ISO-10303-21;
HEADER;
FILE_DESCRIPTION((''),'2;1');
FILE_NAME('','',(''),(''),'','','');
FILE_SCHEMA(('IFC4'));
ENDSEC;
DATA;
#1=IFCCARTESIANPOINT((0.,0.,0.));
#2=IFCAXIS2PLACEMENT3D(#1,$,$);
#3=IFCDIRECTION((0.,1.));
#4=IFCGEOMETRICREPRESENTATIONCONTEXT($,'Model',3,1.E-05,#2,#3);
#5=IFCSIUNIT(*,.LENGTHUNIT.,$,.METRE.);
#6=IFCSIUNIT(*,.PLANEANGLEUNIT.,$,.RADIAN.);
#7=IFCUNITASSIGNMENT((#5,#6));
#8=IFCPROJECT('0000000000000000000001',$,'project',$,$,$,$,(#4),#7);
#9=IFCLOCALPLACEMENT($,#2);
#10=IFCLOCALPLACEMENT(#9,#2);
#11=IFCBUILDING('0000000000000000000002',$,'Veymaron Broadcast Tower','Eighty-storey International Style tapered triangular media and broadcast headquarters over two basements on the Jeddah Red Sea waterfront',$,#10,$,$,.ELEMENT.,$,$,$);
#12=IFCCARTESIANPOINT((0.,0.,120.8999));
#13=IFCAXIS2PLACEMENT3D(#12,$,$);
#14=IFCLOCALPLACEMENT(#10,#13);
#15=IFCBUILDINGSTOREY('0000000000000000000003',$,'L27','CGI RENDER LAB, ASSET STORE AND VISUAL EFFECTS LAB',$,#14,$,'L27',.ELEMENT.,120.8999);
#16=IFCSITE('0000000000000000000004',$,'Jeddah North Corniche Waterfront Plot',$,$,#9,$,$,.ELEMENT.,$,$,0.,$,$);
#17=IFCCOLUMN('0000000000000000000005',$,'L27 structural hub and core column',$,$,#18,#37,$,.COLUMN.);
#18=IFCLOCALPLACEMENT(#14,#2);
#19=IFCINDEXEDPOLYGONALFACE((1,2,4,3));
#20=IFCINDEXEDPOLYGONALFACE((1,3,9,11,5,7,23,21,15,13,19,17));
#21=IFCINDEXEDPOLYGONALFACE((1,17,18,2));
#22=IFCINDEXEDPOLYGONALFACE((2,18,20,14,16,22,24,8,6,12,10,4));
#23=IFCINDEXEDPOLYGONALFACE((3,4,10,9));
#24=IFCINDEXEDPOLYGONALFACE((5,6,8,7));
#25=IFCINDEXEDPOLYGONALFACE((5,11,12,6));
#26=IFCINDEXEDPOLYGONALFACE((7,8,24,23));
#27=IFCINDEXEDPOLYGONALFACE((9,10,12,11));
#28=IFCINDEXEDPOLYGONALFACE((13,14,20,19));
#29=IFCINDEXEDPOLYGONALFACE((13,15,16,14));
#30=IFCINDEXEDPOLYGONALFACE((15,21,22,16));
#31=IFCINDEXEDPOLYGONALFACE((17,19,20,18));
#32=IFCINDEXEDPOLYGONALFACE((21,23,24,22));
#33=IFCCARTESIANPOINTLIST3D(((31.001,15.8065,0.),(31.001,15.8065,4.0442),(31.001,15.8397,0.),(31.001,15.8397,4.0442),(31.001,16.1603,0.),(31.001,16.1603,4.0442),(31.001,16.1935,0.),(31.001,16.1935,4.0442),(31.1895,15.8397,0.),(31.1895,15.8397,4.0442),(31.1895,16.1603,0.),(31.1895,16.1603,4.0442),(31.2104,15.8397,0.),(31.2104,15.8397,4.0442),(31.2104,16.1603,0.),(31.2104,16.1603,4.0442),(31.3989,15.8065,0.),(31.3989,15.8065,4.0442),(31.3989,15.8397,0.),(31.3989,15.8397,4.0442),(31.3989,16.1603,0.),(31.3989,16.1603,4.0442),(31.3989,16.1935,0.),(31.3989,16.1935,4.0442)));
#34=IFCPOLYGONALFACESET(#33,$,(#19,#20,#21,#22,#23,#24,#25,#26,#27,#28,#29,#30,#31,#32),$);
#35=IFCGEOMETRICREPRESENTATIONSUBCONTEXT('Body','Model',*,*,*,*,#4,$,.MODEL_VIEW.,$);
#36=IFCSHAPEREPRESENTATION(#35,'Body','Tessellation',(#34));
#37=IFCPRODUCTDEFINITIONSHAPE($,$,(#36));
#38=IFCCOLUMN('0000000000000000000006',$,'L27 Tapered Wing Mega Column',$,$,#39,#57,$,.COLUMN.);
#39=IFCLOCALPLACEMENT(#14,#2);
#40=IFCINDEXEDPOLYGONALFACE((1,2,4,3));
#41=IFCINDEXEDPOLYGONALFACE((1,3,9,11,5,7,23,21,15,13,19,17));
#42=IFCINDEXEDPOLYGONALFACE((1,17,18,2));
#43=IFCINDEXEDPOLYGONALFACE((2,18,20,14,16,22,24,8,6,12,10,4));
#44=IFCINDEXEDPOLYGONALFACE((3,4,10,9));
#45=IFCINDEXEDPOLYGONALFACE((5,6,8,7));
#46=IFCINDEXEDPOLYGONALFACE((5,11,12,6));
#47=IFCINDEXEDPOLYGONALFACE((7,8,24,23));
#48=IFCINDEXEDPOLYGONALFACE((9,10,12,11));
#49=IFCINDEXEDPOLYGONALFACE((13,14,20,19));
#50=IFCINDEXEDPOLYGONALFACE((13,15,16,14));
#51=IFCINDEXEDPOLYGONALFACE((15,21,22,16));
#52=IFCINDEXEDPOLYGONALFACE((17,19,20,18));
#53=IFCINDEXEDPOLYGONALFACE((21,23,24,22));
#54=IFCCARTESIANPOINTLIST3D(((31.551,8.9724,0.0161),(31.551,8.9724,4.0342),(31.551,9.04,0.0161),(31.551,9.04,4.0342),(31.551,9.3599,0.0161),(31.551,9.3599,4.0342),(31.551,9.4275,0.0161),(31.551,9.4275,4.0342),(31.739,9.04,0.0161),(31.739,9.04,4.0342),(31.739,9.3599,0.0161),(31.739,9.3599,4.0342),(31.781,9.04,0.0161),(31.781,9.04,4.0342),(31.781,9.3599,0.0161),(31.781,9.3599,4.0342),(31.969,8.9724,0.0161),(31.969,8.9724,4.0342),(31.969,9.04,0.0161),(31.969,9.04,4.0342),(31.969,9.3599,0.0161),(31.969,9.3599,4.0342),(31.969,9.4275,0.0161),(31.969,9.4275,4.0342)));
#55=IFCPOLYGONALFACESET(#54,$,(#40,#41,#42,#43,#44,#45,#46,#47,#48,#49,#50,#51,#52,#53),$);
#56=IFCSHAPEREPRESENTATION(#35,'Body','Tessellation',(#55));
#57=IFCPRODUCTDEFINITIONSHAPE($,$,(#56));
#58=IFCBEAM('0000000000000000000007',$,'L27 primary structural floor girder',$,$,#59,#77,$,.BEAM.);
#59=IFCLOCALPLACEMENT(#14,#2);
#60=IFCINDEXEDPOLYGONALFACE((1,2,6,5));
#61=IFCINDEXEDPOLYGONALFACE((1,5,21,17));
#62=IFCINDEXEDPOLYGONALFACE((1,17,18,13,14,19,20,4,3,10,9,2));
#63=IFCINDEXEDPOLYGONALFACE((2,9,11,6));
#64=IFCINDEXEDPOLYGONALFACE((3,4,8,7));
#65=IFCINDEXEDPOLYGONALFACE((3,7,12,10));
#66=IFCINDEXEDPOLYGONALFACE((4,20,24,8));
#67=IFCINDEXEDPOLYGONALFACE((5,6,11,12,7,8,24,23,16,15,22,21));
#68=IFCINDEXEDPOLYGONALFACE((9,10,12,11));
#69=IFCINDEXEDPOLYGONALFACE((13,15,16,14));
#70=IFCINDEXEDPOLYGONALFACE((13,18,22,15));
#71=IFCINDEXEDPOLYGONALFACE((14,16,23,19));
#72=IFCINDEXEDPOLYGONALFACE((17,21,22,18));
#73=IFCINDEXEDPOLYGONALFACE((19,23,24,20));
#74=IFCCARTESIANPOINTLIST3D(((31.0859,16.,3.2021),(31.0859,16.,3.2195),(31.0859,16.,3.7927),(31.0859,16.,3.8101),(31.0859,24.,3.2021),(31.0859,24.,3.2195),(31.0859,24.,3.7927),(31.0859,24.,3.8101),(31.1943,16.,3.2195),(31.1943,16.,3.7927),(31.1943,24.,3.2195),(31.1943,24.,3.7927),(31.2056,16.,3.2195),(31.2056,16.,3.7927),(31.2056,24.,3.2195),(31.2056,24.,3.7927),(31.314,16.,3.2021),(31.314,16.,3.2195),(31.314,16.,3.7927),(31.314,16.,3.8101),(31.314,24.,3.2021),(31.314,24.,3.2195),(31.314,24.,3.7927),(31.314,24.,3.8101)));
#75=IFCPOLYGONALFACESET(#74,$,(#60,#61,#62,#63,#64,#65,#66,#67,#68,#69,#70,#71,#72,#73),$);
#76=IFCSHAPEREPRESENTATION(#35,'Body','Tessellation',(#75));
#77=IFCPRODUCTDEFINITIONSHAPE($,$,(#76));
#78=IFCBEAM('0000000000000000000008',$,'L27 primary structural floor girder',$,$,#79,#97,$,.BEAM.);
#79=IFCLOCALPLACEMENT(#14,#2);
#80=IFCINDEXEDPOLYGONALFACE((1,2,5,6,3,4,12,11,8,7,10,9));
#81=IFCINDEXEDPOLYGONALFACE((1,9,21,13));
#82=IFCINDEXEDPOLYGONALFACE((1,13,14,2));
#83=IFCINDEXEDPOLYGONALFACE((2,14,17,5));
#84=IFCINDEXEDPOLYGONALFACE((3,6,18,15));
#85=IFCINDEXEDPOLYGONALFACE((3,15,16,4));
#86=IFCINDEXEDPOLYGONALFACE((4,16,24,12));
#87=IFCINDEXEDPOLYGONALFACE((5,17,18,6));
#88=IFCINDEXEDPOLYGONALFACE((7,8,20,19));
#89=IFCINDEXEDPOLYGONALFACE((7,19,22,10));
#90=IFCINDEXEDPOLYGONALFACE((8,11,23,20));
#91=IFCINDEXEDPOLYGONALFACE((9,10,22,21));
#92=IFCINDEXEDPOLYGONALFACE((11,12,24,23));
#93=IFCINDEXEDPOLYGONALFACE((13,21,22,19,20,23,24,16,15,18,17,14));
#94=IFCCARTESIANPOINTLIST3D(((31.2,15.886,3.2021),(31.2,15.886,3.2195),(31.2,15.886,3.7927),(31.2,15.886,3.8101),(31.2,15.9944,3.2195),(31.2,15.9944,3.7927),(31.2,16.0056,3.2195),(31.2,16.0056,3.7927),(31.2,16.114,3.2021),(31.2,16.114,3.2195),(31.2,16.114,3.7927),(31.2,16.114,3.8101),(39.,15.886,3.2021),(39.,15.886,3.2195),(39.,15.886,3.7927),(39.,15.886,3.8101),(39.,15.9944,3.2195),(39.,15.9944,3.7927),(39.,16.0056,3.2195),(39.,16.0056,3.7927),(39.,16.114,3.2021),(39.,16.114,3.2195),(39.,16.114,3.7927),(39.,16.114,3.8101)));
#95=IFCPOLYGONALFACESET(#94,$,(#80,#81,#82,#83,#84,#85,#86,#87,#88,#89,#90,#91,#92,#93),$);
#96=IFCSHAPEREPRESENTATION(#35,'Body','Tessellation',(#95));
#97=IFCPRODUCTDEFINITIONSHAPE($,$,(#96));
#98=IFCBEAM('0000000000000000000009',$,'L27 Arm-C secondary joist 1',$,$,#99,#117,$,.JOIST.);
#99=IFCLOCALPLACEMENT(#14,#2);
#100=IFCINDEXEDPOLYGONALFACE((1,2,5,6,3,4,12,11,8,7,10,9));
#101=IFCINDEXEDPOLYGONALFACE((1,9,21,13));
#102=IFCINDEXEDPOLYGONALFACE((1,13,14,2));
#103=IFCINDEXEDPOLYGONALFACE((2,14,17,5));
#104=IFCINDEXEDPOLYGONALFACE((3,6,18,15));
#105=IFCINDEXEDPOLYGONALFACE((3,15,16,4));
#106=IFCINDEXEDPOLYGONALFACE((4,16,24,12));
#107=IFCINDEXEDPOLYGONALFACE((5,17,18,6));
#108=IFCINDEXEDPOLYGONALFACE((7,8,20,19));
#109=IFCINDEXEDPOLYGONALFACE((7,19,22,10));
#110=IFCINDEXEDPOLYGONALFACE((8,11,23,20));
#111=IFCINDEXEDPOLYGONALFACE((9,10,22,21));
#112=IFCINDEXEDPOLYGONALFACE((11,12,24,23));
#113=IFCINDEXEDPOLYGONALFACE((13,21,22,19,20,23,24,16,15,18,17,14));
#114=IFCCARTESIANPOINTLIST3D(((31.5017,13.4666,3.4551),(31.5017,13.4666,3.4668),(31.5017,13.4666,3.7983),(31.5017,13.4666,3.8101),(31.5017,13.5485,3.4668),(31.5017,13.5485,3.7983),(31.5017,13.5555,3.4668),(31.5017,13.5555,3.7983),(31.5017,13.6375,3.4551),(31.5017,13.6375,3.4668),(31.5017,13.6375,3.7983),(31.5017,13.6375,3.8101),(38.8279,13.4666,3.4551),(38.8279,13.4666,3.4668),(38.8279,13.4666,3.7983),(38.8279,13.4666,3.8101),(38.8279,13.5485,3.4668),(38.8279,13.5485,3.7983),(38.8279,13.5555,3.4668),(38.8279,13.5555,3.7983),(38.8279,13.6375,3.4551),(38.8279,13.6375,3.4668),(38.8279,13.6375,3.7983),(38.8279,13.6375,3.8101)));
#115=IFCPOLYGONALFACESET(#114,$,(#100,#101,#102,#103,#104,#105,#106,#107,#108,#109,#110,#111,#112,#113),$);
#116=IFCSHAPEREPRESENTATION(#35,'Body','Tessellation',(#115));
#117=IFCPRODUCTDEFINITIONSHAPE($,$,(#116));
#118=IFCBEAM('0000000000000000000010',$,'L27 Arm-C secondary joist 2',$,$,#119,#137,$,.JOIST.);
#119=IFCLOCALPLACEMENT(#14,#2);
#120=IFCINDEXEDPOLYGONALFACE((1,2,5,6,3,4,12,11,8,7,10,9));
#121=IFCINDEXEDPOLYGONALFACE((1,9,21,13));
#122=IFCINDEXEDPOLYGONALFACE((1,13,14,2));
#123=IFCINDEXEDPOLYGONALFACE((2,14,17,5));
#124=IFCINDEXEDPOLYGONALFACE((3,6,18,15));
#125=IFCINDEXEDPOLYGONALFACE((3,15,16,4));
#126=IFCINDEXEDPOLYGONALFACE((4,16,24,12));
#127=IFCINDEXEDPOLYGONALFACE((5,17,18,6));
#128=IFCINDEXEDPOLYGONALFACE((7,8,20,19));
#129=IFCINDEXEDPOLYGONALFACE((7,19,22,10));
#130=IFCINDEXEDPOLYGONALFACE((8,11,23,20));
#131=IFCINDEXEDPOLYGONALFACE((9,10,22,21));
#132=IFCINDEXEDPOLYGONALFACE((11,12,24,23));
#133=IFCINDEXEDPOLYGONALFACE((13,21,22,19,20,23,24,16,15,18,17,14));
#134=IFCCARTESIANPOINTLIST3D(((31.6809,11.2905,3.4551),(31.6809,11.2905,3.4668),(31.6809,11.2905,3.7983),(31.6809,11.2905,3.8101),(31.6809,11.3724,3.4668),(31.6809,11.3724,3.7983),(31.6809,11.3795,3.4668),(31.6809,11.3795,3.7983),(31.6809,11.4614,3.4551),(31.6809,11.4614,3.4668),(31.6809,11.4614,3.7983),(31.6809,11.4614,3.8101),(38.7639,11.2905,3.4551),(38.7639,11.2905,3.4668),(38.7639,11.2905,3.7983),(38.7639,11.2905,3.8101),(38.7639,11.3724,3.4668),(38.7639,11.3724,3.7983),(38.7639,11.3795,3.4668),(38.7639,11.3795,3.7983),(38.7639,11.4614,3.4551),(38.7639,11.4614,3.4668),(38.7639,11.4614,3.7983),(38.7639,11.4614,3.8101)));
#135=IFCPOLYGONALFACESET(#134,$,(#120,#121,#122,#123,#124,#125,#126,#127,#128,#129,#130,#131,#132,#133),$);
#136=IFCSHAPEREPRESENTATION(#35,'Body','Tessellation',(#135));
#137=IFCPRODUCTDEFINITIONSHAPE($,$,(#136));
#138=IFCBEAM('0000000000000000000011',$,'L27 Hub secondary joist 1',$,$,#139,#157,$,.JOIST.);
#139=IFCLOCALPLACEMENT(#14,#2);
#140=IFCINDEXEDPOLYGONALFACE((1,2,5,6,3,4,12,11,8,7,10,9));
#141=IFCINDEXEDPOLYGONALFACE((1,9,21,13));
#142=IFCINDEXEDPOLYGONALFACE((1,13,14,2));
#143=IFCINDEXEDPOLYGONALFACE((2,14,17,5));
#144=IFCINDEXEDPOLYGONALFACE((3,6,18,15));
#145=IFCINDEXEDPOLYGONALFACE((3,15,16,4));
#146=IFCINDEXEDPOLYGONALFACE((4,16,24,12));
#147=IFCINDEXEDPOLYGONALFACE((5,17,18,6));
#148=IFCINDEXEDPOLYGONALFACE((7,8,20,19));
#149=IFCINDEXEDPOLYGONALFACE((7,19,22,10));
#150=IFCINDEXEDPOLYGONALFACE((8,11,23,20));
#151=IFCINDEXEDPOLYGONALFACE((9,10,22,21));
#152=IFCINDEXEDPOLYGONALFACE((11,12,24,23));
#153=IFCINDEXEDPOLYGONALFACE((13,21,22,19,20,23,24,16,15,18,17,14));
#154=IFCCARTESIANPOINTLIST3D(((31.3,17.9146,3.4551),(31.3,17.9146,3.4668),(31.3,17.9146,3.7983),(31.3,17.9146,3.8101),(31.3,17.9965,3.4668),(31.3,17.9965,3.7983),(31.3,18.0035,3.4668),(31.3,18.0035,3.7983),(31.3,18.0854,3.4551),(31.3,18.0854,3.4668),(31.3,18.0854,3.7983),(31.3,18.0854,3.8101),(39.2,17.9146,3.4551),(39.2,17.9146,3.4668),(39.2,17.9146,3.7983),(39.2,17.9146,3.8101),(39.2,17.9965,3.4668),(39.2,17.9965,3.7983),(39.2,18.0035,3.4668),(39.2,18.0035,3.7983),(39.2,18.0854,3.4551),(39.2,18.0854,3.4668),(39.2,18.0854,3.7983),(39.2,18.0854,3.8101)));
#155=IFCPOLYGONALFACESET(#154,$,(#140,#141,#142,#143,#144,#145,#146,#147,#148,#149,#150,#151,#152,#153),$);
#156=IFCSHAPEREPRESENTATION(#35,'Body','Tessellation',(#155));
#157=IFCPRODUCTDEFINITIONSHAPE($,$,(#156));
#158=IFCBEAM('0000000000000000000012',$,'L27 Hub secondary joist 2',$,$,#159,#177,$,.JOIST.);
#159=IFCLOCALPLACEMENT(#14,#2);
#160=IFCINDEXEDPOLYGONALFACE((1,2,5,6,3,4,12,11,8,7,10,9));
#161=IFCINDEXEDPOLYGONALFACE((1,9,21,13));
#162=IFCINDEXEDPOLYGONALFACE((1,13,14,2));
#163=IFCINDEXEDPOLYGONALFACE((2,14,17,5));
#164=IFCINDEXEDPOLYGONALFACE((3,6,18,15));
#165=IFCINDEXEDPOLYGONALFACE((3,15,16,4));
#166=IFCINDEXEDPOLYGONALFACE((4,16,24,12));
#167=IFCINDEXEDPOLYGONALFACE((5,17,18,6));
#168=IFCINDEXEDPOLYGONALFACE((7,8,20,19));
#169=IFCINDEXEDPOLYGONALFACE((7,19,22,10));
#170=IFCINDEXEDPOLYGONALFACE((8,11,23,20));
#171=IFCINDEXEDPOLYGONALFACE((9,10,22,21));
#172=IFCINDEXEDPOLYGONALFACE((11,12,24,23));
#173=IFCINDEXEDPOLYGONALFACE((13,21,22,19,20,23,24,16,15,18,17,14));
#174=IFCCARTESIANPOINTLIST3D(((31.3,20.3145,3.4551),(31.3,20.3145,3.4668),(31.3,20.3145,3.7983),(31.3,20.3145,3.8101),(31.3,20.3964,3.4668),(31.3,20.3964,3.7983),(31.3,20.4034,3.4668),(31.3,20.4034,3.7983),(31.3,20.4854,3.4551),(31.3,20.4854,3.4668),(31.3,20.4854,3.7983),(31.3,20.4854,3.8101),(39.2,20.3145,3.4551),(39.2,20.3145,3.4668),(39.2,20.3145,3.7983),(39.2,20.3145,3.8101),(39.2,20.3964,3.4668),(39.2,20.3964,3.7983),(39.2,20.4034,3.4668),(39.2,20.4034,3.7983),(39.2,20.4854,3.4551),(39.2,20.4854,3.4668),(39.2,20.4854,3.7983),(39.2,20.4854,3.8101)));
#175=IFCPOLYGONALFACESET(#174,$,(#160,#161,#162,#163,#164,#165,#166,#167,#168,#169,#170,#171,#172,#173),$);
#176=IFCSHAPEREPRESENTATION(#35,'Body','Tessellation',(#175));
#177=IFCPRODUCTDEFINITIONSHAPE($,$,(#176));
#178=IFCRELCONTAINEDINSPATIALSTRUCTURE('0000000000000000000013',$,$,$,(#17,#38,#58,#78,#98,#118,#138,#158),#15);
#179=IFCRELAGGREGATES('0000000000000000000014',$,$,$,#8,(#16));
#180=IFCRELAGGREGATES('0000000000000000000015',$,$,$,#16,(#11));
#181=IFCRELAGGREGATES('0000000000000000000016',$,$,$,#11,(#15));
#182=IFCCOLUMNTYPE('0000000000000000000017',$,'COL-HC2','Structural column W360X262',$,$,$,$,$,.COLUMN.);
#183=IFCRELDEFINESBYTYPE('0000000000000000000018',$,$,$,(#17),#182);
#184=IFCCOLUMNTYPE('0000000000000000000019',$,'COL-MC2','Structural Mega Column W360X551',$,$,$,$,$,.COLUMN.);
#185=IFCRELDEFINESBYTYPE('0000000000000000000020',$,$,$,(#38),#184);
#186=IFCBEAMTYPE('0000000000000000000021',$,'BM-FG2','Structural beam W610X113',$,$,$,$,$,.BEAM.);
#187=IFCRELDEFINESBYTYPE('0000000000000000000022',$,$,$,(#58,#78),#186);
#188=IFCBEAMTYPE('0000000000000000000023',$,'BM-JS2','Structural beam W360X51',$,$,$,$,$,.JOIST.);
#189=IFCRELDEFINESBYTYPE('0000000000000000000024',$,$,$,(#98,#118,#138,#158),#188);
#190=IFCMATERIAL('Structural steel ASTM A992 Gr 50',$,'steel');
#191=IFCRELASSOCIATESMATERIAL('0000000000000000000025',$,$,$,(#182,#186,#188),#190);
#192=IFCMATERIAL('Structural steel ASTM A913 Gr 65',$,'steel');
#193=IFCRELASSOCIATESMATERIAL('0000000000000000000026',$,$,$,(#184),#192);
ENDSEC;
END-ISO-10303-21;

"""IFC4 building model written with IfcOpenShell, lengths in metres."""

from ifc_helpers import new_model, si_unit, direction, frame, origin, origin_2d, place, context, subcontext, project, spatial, i_section, extrude, material, material_profile, profile_set, type_object, element, save


model = new_model("IFC4")

# Units and contexts
model_context = context("Model", 3, precision=1e-05, world=origin(), true_north=direction((0.0, 1.0)))
body_context = subcontext(model_context, "Body", "Model", "MODEL_VIEW")
ifc_project = project(units=[si_unit("LENGTHUNIT", "METRE"), si_unit("PLANEANGLEUNIT", "RADIAN")], contexts=[model_context])

# Site, building, storey
site_placement = place(None, origin())
site = spatial("IfcSite", under=ifc_project, at=site_placement, Name="Jeddah North Corniche Waterfront Plot", CompositionType="ELEMENT", RefElevation=0.0)
building_placement = place(site_placement, origin())
building = spatial("IfcBuilding", under=site, at=building_placement, Name="Veymaron Broadcast Tower", Description="Eighty-storey International Style tapered triangular media and broadcast headquarters over two basements on the Jeddah Red Sea waterfront", CompositionType="ELEMENT")
storey_placement = place(building_placement, frame((0.0, 0.0, 120.8999)))
storey = spatial("IfcBuildingStorey", under=building, at=storey_placement, Name="L27", Description="CGI RENDER LAB, ASSET STORE AND VISUAL EFFECTS LAB", LongName="L27", CompositionType="ELEMENT", Elevation=120.8999)

# Columns
ifc_material_1 = material(Name="Structural steel ASTM A992 Gr 50", Category="steel")
ifc_material_profile_1 = material_profile(ifc_material_1, i_section(OverallWidth=0.3979, OverallDepth=0.387, WebThickness=0.021, FlangeThickness=0.0332, at=origin_2d()), Name="W360X262")
ifc_profile_set_1 = profile_set([ifc_material_profile_1], Name="Structural steel ASTM A992 Gr 50")
column_type_1 = type_object("IfcColumnType", Name="COL-HC2", Description="Structural column W360X262", PredefinedType="COLUMN", material=ifc_profile_set_1)
column_1_placement = place(storey_placement, frame((31.2, 16.0, 0.0), z_axis=(0.0, 0.0, 1.0), x_axis=(1.0, 0.0, 0.0)))
element("IfcColumn", 1, at=column_1_placement, inside=storey, type_object=column_type_1, Name="L27 structural hub and core column", PredefinedType="COLUMN", context=body_context, shape_type="SweptSolid", body=[
    extrude(i_section(OverallWidth=0.3979, OverallDepth=0.387, WebThickness=0.021, FlangeThickness=0.0332, at=origin_2d()), origin(), (0.0, 0.0, 1.0), 4.0442),
])
ifc_material_2 = material(Name="Structural steel ASTM A913 Gr 65", Category="steel")
ifc_material_profile_2 = material_profile(ifc_material_2, i_section(OverallWidth=0.418, OverallDepth=0.4551, WebThickness=0.042, FlangeThickness=0.0676, at=origin_2d()), Name="W360X551")
ifc_profile_set_2 = profile_set([ifc_material_profile_2], Name="Structural steel ASTM A913 Gr 65")
column_type_2 = type_object("IfcColumnType", Name="COL-MC2", Description="Structural Mega Column W360X551", PredefinedType="COLUMN", material=ifc_profile_set_2)
column_2_placement = place(storey_placement, frame((31.76, 9.2, 0.0161), z_axis=(0.0, 0.0, 1.0), x_axis=(1.0, 0.0, 0.0)))
element("IfcColumn", 2, at=column_2_placement, inside=storey, type_object=column_type_2, Name="L27 Tapered Wing Mega Column", PredefinedType="COLUMN", context=body_context, shape_type="SweptSolid", body=[
    extrude(i_section(OverallWidth=0.418, OverallDepth=0.4551, WebThickness=0.042, FlangeThickness=0.0676, at=origin_2d()), origin(), (0.0, 0.0, 1.0), 4.0181),
])

# Beams
ifc_material_profile_3 = material_profile(ifc_material_1, i_section(OverallWidth=0.228, OverallDepth=0.6079, WebThickness=0.0112, FlangeThickness=0.0173, at=origin_2d()), Name="W610X113")
ifc_profile_set_3 = profile_set([ifc_material_profile_3], Name="Structural steel ASTM A992 Gr 50")
beam_type_1 = type_object("IfcBeamType", Name="BM-FG2", Description="Structural beam W610X113", PredefinedType="BEAM", material=ifc_profile_set_3)
beam_1_placement = place(storey_placement, frame((31.2, 16.0, 3.5061), z_axis=(0.0, 1.0, 0.0), x_axis=(-1.0, 0.0, 0.0)))
element("IfcBeam", 3, at=beam_1_placement, inside=storey, type_object=beam_type_1, Name="L27 primary structural floor girder", PredefinedType="BEAM", context=body_context, shape_type="SweptSolid", body=[
    extrude(i_section(OverallWidth=0.228, OverallDepth=0.6079, WebThickness=0.0112, FlangeThickness=0.0173, at=origin_2d()), origin(), (0.0, 0.0, 1.0), 8.0),
])
beam_2_placement = place(storey_placement, frame((31.2, 16.0, 3.5061), z_axis=(1.0, 0.0, 0.0), x_axis=(0.0, 1.0, 0.0)))
element("IfcBeam", 4, at=beam_2_placement, inside=storey, type_object=beam_type_1, Name="L27 primary structural floor girder", PredefinedType="BEAM", context=body_context, shape_type="SweptSolid", body=[
    extrude(i_section(OverallWidth=0.228, OverallDepth=0.6079, WebThickness=0.0112, FlangeThickness=0.0173, at=origin_2d()), origin(), (0.0, 0.0, 1.0), 7.8),
])
ifc_material_profile_4 = material_profile(ifc_material_1, i_section(OverallWidth=0.1709, OverallDepth=0.355, WebThickness=0.0071, FlangeThickness=0.0117, at=origin_2d()), Name="W360X51")
ifc_profile_set_4 = profile_set([ifc_material_profile_4], Name="Structural steel ASTM A992 Gr 50")
beam_type_2 = type_object("IfcBeamType", Name="BM-JS2", Description="Structural beam W360X51", PredefinedType="JOIST", material=ifc_profile_set_4)
beam_3_placement = place(storey_placement, frame((31.5017, 13.552, 3.6326), z_axis=(1.0, 0.0, 0.0), x_axis=(0.0, 1.0, 0.0)))
element("IfcBeam", 5, at=beam_3_placement, inside=storey, type_object=beam_type_2, Name="L27 Arm-C secondary joist 1", PredefinedType="JOIST", context=body_context, shape_type="SweptSolid", body=[
    extrude(i_section(OverallWidth=0.1709, OverallDepth=0.355, WebThickness=0.0071, FlangeThickness=0.0117, at=origin_2d()), origin(), (0.0, 0.0, 1.0), 7.3262),
])
beam_4_placement = place(storey_placement, frame((31.6809, 11.376, 3.6326), z_axis=(1.0, 0.0, 0.0), x_axis=(0.0, 1.0, 0.0)))
element("IfcBeam", 6, at=beam_4_placement, inside=storey, type_object=beam_type_2, Name="L27 Arm-C secondary joist 2", PredefinedType="JOIST", context=body_context, shape_type="SweptSolid", body=[
    extrude(i_section(OverallWidth=0.1709, OverallDepth=0.355, WebThickness=0.0071, FlangeThickness=0.0117, at=origin_2d()), origin(), (0.0, 0.0, 1.0), 7.083),
])
for number, where, z_axis, x_axis, name in (
    (7, (31.3, 18.0, 3.6326), (1.0, 0.0, 0.0), (0.0, 1.0, 0.0), "L27 Hub secondary joist 1"),
    (8, (31.3, 20.3999, 3.6326), (1.0, 0.0, 0.0), (0.0, 1.0, 0.0), "L27 Hub secondary joist 2"),
):
    element("IfcBeam", number, at=place(storey_placement, frame(where, z_axis=z_axis, x_axis=x_axis)), inside=storey, type_object=beam_type_2, Name=name, PredefinedType="JOIST", context=body_context, shape_type="SweptSolid", body=[
        extrude(i_section(OverallWidth=0.1709, OverallDepth=0.355, WebThickness=0.0071, FlangeThickness=0.0117, at=origin_2d()), origin(), (0.0, 0.0, 1.0), 7.8999),
    ])

save(model, "model.ifc")
